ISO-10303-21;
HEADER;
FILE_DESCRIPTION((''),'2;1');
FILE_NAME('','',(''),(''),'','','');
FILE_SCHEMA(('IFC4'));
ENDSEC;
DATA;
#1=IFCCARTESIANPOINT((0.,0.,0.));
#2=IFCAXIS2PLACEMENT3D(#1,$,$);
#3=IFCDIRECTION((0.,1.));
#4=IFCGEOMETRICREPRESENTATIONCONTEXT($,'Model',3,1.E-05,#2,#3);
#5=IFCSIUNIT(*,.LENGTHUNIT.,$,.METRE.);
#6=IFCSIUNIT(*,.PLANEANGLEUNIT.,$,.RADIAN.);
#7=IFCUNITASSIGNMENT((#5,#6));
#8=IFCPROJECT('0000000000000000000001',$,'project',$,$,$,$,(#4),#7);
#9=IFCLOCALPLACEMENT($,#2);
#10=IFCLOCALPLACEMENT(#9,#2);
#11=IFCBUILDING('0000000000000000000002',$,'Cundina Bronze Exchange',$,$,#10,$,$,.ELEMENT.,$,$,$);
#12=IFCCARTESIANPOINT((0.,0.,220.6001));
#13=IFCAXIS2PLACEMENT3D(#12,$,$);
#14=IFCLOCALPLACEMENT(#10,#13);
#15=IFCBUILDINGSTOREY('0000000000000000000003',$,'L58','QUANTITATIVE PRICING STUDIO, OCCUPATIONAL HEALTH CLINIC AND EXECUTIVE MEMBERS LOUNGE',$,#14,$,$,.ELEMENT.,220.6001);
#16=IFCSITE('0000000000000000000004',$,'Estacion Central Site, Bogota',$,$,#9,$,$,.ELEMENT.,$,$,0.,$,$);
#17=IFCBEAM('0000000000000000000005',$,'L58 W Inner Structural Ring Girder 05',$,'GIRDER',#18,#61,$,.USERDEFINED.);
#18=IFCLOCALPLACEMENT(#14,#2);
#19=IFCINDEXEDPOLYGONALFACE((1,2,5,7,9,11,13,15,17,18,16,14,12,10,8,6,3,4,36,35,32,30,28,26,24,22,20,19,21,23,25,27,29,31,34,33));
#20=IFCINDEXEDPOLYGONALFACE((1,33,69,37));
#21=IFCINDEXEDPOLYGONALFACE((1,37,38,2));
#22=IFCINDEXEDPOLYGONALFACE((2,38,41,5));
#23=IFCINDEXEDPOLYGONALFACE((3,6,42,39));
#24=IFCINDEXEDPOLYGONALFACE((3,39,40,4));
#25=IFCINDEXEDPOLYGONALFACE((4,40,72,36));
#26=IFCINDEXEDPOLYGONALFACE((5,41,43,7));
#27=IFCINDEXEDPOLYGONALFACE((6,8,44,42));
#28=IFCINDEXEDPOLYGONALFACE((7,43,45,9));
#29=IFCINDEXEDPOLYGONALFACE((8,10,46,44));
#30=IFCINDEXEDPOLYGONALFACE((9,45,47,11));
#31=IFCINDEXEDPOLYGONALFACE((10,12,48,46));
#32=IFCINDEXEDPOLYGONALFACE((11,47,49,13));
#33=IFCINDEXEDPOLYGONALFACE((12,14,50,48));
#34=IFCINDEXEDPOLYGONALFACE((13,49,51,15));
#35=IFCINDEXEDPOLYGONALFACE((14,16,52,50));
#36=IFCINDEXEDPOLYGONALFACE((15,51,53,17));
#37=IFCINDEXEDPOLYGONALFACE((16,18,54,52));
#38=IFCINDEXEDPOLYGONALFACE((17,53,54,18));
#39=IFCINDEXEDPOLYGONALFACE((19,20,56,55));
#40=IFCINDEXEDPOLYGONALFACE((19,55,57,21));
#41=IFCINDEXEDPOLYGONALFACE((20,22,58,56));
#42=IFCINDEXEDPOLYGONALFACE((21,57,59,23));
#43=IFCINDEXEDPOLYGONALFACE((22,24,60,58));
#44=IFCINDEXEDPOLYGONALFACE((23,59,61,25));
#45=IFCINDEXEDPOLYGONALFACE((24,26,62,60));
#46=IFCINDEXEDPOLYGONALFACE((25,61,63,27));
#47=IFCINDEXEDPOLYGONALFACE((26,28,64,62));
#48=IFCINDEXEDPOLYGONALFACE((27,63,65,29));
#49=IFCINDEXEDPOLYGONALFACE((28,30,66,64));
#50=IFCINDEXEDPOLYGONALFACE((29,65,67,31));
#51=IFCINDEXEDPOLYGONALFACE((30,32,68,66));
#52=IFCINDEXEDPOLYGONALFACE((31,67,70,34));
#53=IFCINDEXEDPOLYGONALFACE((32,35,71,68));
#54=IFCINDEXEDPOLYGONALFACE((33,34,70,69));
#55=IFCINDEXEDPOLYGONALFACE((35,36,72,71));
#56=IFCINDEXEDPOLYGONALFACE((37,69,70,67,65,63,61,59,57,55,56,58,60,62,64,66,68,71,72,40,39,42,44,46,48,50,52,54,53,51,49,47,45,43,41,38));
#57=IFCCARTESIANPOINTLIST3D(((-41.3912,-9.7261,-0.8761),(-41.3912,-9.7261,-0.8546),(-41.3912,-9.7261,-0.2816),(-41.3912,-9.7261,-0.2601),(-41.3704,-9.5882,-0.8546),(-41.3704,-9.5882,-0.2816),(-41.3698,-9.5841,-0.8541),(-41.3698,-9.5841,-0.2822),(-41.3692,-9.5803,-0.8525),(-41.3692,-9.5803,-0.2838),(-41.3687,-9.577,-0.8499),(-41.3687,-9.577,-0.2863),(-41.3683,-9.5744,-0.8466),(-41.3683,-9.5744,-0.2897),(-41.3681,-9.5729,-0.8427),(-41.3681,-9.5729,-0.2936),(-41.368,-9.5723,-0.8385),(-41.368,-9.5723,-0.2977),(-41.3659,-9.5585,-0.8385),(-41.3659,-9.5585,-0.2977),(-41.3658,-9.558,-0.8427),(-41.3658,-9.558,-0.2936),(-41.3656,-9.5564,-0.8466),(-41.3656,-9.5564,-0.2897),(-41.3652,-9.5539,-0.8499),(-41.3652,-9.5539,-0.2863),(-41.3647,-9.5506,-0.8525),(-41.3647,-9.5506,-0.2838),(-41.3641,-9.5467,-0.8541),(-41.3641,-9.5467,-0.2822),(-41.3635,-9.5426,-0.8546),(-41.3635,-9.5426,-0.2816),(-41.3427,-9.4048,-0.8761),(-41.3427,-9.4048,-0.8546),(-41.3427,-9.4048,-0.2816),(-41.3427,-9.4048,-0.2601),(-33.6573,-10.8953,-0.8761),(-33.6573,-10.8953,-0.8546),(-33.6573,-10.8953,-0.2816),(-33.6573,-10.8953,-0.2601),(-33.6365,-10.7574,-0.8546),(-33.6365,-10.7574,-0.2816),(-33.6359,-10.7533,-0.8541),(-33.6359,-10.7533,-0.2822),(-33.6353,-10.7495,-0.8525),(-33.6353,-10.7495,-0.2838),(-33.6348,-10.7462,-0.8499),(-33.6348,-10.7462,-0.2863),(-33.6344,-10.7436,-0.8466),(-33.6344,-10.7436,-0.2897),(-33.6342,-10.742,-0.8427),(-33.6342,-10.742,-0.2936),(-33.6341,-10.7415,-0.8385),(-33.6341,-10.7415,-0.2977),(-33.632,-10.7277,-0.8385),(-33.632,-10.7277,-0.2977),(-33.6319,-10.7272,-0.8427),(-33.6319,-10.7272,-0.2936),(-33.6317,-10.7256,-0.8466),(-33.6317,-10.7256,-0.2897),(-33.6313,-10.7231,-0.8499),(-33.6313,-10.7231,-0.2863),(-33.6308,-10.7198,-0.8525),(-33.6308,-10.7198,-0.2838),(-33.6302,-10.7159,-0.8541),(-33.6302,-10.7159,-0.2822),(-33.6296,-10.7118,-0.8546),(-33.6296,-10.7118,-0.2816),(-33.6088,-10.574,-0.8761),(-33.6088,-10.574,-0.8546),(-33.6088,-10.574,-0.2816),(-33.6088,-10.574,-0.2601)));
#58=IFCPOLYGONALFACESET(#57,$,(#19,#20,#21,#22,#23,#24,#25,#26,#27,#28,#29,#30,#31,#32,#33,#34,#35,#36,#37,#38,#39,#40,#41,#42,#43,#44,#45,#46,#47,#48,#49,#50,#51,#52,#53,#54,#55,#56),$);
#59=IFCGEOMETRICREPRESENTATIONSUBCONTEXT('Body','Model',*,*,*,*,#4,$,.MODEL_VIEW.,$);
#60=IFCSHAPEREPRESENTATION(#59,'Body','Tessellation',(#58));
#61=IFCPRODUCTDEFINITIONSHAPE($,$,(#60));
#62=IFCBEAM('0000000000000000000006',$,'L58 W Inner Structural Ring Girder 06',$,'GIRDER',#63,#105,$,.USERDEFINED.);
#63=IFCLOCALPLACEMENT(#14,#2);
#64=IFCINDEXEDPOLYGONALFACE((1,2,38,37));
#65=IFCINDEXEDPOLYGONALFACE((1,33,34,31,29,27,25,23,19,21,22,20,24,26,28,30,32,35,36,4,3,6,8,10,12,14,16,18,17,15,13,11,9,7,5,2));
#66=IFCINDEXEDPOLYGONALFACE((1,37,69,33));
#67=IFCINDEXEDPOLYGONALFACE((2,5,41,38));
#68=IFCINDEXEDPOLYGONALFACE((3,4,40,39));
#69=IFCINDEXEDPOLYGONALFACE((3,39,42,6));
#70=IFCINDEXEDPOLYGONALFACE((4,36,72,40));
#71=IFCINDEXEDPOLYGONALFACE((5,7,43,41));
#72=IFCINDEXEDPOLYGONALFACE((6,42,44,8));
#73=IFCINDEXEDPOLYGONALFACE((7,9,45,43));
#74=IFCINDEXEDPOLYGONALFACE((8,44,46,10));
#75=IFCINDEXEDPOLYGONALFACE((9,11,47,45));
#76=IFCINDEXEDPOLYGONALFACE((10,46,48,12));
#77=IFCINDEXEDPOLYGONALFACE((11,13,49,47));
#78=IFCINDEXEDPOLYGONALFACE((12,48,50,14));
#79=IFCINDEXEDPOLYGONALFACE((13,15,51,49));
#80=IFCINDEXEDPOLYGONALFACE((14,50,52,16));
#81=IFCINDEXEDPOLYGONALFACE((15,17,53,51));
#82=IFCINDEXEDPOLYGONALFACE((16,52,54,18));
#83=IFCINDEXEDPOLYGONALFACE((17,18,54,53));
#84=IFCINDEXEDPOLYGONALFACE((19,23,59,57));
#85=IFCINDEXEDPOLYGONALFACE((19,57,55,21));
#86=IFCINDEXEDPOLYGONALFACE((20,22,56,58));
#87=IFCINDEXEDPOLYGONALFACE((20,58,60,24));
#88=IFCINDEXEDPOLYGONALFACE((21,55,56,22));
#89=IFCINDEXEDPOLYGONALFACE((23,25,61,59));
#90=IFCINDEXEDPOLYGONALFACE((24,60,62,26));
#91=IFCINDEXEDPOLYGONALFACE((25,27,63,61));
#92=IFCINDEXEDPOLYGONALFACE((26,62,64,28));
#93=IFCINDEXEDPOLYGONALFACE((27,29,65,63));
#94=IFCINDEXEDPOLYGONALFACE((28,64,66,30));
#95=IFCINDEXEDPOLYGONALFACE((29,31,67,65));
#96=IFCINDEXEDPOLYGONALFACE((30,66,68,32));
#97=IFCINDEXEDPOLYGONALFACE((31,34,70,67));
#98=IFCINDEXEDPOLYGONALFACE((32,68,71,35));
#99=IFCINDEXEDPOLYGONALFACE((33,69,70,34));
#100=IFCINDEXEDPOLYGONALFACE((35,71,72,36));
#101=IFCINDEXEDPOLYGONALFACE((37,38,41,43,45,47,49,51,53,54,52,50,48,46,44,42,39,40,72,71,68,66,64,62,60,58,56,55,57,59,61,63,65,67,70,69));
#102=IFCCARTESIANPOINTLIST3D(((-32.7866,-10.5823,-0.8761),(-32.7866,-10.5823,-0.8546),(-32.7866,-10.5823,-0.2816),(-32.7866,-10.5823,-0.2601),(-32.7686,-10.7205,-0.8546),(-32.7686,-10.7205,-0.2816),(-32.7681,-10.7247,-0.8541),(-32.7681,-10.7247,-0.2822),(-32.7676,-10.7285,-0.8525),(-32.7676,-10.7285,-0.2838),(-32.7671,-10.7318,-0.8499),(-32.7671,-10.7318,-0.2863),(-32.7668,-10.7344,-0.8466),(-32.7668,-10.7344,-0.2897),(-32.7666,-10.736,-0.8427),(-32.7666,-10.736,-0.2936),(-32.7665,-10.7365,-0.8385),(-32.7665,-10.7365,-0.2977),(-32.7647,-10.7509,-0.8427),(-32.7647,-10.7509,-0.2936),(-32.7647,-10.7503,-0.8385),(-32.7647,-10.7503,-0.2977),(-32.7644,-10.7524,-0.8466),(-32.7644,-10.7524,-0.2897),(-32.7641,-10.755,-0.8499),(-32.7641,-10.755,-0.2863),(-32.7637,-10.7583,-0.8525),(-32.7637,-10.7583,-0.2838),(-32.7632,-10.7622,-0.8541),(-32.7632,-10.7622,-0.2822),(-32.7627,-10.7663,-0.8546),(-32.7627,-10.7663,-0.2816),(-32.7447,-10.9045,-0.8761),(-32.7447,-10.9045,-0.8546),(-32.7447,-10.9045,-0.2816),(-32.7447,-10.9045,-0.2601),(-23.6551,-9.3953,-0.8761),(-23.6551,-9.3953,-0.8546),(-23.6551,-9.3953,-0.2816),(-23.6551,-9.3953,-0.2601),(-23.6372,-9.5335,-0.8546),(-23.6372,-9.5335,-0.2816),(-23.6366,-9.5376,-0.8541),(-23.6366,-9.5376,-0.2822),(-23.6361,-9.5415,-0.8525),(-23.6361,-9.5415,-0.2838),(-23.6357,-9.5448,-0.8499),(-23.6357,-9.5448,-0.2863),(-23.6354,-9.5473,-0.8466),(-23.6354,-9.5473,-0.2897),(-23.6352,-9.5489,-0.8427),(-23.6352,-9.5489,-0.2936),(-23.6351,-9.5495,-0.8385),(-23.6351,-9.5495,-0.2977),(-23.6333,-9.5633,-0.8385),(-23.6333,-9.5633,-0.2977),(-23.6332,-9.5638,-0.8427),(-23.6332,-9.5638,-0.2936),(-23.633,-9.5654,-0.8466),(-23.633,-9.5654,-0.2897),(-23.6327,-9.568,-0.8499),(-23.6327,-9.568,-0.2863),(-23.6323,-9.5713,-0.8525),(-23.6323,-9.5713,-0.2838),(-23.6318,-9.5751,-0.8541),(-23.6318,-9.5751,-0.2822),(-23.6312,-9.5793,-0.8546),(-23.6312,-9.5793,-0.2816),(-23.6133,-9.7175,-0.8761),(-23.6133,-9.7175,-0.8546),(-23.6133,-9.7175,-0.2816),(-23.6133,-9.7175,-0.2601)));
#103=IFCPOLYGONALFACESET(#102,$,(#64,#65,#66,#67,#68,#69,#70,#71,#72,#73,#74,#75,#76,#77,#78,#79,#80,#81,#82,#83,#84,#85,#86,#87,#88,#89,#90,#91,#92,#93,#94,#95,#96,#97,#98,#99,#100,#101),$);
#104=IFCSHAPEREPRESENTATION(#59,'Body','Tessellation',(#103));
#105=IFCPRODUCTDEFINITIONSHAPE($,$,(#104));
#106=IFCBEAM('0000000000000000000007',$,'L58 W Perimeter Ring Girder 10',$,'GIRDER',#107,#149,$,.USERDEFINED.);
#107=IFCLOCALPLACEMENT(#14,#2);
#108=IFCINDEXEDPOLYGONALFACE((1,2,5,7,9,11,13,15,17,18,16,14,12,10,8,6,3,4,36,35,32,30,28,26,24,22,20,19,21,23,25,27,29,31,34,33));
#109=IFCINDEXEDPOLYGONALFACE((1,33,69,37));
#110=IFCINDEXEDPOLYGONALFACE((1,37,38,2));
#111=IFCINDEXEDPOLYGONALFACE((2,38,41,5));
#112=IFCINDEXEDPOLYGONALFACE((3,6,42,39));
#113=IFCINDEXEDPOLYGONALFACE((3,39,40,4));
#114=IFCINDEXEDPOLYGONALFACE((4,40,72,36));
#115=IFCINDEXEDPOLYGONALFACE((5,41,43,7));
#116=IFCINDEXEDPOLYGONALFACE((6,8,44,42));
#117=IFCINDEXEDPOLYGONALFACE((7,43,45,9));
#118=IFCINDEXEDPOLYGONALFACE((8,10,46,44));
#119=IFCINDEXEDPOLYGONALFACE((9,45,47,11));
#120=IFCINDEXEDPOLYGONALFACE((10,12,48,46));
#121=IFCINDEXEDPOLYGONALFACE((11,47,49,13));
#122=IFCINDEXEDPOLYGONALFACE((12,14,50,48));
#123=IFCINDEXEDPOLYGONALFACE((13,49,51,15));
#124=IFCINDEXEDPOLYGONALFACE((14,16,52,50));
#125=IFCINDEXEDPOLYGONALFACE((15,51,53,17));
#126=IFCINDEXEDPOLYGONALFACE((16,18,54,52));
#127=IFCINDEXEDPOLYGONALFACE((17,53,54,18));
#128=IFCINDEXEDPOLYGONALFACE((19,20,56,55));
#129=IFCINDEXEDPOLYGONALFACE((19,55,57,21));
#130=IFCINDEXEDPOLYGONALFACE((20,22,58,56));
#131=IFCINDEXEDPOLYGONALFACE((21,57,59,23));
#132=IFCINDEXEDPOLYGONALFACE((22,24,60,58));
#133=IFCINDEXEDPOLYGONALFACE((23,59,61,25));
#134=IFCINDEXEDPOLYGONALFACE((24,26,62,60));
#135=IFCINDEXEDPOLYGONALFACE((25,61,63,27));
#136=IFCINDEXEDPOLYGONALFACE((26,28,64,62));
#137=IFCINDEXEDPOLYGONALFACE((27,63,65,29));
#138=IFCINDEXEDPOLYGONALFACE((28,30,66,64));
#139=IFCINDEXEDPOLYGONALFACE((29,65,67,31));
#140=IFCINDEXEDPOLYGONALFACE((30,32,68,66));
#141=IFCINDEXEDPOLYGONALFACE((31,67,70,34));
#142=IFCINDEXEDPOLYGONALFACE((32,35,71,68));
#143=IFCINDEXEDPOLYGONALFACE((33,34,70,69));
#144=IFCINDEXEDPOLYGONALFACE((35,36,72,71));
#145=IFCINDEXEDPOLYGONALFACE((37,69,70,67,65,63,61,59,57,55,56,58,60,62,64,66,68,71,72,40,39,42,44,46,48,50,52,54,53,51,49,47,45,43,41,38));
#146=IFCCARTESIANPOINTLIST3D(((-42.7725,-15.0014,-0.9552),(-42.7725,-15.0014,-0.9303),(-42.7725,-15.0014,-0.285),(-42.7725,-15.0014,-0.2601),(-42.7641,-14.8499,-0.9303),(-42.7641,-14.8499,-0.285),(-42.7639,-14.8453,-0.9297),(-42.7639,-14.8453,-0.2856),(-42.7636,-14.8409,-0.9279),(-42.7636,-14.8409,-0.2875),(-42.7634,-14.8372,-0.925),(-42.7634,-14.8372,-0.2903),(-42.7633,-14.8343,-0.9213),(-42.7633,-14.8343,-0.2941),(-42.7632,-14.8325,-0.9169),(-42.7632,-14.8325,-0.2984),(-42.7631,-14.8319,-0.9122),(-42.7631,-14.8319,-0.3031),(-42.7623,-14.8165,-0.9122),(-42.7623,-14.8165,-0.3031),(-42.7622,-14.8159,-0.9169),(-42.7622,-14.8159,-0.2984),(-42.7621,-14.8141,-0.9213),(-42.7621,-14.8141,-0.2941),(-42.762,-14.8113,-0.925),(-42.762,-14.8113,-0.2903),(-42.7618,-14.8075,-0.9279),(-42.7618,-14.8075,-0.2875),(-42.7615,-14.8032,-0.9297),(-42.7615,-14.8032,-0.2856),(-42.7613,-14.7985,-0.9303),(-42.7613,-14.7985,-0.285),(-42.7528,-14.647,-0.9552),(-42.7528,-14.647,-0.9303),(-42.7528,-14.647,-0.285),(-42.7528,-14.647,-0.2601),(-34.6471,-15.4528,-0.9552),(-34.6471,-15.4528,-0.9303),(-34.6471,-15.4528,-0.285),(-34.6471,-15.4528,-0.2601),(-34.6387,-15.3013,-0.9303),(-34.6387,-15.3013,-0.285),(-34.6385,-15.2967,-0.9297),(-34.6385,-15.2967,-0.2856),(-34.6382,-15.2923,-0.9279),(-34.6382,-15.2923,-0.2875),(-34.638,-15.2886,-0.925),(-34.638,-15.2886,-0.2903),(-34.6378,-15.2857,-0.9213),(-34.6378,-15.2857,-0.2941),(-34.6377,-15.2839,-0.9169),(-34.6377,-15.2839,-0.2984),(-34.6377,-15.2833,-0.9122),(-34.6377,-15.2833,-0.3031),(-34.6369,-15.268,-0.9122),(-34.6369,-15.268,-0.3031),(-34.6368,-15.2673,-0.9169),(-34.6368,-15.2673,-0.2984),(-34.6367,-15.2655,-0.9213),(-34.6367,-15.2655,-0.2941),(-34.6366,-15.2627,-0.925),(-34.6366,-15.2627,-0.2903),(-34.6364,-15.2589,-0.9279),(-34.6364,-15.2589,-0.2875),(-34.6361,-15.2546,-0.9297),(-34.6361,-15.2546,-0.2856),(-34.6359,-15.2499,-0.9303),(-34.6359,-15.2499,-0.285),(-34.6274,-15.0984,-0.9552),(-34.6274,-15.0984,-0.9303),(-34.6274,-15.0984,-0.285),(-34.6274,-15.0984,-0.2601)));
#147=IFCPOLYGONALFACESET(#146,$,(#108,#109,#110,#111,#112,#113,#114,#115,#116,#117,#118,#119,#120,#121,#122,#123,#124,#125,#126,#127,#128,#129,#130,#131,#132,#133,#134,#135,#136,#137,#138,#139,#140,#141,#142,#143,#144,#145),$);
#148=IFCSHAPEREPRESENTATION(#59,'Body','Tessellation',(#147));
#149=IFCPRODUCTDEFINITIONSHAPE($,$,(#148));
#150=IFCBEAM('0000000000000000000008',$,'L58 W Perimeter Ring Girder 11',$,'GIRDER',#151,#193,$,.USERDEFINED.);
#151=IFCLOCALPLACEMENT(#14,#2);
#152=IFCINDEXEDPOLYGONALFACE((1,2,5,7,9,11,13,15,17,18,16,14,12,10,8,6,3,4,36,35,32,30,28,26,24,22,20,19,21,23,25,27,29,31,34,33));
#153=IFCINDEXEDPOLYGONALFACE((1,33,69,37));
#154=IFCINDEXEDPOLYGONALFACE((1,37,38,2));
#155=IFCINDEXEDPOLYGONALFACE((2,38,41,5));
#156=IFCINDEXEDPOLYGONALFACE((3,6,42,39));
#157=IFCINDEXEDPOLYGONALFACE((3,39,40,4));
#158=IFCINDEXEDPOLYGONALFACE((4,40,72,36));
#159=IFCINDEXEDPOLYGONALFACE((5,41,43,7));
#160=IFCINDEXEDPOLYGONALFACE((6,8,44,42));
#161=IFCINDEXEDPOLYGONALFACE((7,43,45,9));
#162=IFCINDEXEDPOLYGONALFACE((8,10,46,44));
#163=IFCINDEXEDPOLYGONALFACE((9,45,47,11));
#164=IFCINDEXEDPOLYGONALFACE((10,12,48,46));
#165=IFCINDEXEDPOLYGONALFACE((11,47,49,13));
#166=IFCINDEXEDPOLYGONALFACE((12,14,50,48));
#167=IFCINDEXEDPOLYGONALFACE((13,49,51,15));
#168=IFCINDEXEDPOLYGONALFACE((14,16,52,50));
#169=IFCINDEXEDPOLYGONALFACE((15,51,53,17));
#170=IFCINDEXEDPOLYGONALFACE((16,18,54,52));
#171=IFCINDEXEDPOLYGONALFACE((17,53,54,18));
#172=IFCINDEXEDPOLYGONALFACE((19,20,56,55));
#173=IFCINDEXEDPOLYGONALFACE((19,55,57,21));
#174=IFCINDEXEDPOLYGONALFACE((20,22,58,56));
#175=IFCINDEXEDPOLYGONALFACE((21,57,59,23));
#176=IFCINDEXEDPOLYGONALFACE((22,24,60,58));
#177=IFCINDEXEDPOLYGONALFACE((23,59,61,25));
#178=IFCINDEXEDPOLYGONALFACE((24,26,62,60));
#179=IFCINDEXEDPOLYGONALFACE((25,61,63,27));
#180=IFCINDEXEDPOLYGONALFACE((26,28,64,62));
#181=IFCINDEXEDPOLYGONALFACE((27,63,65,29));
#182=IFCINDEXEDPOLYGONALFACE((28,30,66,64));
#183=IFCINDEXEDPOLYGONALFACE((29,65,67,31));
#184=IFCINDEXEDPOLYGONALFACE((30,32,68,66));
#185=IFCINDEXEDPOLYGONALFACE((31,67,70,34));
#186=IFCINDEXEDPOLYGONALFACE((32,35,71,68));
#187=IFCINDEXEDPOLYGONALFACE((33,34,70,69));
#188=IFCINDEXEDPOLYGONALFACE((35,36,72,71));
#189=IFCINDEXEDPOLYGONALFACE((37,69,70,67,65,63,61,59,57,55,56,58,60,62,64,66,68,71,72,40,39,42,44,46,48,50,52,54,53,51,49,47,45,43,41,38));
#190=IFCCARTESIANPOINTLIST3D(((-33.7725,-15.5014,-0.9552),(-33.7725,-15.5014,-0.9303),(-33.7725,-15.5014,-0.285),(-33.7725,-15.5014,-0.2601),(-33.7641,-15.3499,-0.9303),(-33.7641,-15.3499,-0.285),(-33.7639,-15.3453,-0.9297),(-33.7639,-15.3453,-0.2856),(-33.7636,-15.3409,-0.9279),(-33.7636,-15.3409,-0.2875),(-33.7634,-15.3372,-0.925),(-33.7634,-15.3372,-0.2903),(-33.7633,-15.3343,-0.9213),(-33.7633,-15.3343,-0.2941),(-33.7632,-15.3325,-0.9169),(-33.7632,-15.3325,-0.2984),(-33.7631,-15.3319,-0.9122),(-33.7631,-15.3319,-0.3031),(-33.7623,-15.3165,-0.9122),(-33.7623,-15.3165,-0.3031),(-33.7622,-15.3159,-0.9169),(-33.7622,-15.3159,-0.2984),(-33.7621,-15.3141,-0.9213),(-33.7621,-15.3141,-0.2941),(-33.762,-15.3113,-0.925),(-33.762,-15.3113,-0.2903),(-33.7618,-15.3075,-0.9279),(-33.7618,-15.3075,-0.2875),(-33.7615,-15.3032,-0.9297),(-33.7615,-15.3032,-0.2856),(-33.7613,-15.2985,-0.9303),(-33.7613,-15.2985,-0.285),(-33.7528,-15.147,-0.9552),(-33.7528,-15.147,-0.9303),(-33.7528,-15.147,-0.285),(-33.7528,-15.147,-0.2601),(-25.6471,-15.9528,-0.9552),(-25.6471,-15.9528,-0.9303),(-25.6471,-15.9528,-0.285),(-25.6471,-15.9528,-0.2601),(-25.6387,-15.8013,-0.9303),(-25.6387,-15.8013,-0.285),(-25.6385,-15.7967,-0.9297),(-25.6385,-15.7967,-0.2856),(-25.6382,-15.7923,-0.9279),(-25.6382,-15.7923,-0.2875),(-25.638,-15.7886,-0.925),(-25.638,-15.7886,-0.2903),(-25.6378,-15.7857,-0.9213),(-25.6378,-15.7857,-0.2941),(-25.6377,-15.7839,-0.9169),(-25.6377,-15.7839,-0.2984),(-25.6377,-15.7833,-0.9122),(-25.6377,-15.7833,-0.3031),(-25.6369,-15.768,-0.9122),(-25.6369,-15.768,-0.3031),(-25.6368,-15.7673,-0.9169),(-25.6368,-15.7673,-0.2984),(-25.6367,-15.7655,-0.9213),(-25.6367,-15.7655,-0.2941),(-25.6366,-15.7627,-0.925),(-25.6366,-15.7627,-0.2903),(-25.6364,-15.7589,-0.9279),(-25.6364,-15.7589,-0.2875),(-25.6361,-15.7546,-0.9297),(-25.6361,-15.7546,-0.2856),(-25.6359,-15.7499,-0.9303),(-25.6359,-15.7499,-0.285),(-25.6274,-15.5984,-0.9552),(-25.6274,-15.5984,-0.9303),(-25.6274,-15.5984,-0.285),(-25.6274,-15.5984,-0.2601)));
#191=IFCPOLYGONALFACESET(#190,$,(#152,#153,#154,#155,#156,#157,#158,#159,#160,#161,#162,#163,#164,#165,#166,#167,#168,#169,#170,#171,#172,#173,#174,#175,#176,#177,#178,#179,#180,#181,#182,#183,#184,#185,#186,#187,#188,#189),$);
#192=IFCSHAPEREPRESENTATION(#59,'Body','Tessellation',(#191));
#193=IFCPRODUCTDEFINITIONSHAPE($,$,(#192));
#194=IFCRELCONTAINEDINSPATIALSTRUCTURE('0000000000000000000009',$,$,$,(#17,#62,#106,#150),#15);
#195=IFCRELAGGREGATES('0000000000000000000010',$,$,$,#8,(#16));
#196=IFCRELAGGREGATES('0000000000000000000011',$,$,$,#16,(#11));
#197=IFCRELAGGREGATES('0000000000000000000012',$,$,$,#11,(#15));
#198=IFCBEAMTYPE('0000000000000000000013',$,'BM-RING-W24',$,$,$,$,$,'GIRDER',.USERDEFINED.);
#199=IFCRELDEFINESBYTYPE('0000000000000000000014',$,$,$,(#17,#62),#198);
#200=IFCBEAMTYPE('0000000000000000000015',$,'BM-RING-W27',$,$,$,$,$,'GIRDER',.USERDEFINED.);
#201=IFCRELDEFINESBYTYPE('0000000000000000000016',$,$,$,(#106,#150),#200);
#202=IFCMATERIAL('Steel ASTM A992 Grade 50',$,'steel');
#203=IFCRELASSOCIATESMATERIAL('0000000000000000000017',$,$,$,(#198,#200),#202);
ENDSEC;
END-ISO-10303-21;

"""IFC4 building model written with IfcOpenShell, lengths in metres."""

from ifc_helpers import new_model, si_unit, direction, frame, origin, origin_2d, place, context, subcontext, project, spatial, i_section, extrude, material, material_profile, profile_set, type_object, element, save


model = new_model("IFC4")

# Units and contexts
model_context = context("Model", 3, precision=1e-05, world=origin(), true_north=direction((0.0, 1.0)))
body_context = subcontext(model_context, "Body", "Model", "MODEL_VIEW")
ifc_project = project(units=[si_unit("LENGTHUNIT", "METRE"), si_unit("PLANEANGLEUNIT", "RADIAN")], contexts=[model_context])

# Site, building, storey
site_placement = place(None, origin())
site = spatial("IfcSite", under=ifc_project, at=site_placement, Name="Estacion Central Site, Bogota", CompositionType="ELEMENT", RefElevation=0.0)
building_placement = place(site_placement, origin())
building = spatial("IfcBuilding", under=site, at=building_placement, Name="Cundina Bronze Exchange", CompositionType="ELEMENT")
storey_placement = place(building_placement, frame((0.0, 0.0, 220.6001)))
storey = spatial("IfcBuildingStorey", under=building, at=storey_placement, Name="L58", Description="QUANTITATIVE PRICING STUDIO, OCCUPATIONAL HEALTH CLINIC AND EXECUTIVE MEMBERS LOUNGE", CompositionType="ELEMENT", Elevation=220.6001)

# Beams
ifc_material_1 = material(Name="Steel ASTM A992 Grade 50", Category="steel")
ifc_material_profile_1 = material_profile(ifc_material_1, i_section(OverallWidth=0.325, OverallDepth=0.616, WebThickness=0.0139, FlangeThickness=0.0215, FilletRadius=0.0161, at=origin_2d()), Name="W24X117", Category="steel")
ifc_profile_set_1 = profile_set([ifc_material_profile_1], Name="Steel ASTM A992 Grade 50")
beam_type_1 = type_object("IfcBeamType", Name="BM-RING-W24", ElementType="GIRDER", PredefinedType="USERDEFINED", material=ifc_profile_set_1)
beam_1_placement = place(storey_placement, frame((-41.3669, -9.5654, -0.5681), z_axis=(0.988765, -0.149479, 0.0), x_axis=(0.149479, 0.988765, 0.0)))
element("IfcBeam", 1, at=beam_1_placement, inside=storey, type_object=beam_type_1, Name="L58 W Inner Structural Ring Girder 05", ObjectType="GIRDER", PredefinedType="USERDEFINED", context=body_context, shape_type="SweptSolid", body=[
    extrude(i_section(OverallWidth=0.325, OverallDepth=0.616, WebThickness=0.0139, FlangeThickness=0.0215, FilletRadius=0.0161, at=origin_2d()), origin(), (0.0, 0.0, 1.0), 7.8218),
])
beam_2_placement = place(storey_placement, frame((-32.7656, -10.7434, -0.5681), z_axis=(0.991656, 0.128908, 0.0), x_axis=(-0.128908, 0.991656, 0.0)))
element("IfcBeam", 2, at=beam_2_placement, inside=storey, type_object=beam_type_1, Name="L58 W Inner Structural Ring Girder 06", ObjectType="GIRDER", PredefinedType="USERDEFINED", context=body_context, shape_type="SweptSolid", body=[
    extrude(i_section(OverallWidth=0.325, OverallDepth=0.616, WebThickness=0.0139, FlangeThickness=0.0215, FilletRadius=0.0161, at=origin_2d()), origin(), (0.0, 0.0, 1.0), 9.2083),
])
ifc_material_profile_2 = material_profile(ifc_material_1, i_section(OverallWidth=0.355, OverallDepth=0.6951, WebThickness=0.0154, FlangeThickness=0.0249, FilletRadius=0.0181, at=origin_2d()), Name="W27X146", Category="steel")
ifc_profile_set_2 = profile_set([ifc_material_profile_2], Name="Steel ASTM A992 Grade 50")
beam_type_2 = type_object("IfcBeamType", Name="BM-RING-W27", ElementType="GIRDER", PredefinedType="USERDEFINED", material=ifc_profile_set_2)
for number, where, z_axis, x_axis, name in (
    (3, (-42.7627, -14.8242, -0.6077), (0.99846, -0.05547, 0.0), (0.05547, 0.99846, 0.0), "L58 W Perimeter Ring Girder 10"),
    (4, (-33.7627, -15.3242, -0.6077), (0.99846, -0.05547, 0.0), (0.05547, 0.99846, 0.0), "L58 W Perimeter Ring Girder 11"),
):
    element("IfcBeam", number, at=place(storey_placement, frame(where, z_axis=z_axis, x_axis=x_axis)), inside=storey, type_object=beam_type_2, Name=name, ObjectType="GIRDER", PredefinedType="USERDEFINED", context=body_context, shape_type="SweptSolid", body=[
        extrude(i_section(OverallWidth=0.355, OverallDepth=0.6951, WebThickness=0.0154, FlangeThickness=0.0249, FilletRadius=0.0181, at=origin_2d()), origin(), (0.0, 0.0, 1.0), 8.1379),
    ])

save(model, "model.ifc")
